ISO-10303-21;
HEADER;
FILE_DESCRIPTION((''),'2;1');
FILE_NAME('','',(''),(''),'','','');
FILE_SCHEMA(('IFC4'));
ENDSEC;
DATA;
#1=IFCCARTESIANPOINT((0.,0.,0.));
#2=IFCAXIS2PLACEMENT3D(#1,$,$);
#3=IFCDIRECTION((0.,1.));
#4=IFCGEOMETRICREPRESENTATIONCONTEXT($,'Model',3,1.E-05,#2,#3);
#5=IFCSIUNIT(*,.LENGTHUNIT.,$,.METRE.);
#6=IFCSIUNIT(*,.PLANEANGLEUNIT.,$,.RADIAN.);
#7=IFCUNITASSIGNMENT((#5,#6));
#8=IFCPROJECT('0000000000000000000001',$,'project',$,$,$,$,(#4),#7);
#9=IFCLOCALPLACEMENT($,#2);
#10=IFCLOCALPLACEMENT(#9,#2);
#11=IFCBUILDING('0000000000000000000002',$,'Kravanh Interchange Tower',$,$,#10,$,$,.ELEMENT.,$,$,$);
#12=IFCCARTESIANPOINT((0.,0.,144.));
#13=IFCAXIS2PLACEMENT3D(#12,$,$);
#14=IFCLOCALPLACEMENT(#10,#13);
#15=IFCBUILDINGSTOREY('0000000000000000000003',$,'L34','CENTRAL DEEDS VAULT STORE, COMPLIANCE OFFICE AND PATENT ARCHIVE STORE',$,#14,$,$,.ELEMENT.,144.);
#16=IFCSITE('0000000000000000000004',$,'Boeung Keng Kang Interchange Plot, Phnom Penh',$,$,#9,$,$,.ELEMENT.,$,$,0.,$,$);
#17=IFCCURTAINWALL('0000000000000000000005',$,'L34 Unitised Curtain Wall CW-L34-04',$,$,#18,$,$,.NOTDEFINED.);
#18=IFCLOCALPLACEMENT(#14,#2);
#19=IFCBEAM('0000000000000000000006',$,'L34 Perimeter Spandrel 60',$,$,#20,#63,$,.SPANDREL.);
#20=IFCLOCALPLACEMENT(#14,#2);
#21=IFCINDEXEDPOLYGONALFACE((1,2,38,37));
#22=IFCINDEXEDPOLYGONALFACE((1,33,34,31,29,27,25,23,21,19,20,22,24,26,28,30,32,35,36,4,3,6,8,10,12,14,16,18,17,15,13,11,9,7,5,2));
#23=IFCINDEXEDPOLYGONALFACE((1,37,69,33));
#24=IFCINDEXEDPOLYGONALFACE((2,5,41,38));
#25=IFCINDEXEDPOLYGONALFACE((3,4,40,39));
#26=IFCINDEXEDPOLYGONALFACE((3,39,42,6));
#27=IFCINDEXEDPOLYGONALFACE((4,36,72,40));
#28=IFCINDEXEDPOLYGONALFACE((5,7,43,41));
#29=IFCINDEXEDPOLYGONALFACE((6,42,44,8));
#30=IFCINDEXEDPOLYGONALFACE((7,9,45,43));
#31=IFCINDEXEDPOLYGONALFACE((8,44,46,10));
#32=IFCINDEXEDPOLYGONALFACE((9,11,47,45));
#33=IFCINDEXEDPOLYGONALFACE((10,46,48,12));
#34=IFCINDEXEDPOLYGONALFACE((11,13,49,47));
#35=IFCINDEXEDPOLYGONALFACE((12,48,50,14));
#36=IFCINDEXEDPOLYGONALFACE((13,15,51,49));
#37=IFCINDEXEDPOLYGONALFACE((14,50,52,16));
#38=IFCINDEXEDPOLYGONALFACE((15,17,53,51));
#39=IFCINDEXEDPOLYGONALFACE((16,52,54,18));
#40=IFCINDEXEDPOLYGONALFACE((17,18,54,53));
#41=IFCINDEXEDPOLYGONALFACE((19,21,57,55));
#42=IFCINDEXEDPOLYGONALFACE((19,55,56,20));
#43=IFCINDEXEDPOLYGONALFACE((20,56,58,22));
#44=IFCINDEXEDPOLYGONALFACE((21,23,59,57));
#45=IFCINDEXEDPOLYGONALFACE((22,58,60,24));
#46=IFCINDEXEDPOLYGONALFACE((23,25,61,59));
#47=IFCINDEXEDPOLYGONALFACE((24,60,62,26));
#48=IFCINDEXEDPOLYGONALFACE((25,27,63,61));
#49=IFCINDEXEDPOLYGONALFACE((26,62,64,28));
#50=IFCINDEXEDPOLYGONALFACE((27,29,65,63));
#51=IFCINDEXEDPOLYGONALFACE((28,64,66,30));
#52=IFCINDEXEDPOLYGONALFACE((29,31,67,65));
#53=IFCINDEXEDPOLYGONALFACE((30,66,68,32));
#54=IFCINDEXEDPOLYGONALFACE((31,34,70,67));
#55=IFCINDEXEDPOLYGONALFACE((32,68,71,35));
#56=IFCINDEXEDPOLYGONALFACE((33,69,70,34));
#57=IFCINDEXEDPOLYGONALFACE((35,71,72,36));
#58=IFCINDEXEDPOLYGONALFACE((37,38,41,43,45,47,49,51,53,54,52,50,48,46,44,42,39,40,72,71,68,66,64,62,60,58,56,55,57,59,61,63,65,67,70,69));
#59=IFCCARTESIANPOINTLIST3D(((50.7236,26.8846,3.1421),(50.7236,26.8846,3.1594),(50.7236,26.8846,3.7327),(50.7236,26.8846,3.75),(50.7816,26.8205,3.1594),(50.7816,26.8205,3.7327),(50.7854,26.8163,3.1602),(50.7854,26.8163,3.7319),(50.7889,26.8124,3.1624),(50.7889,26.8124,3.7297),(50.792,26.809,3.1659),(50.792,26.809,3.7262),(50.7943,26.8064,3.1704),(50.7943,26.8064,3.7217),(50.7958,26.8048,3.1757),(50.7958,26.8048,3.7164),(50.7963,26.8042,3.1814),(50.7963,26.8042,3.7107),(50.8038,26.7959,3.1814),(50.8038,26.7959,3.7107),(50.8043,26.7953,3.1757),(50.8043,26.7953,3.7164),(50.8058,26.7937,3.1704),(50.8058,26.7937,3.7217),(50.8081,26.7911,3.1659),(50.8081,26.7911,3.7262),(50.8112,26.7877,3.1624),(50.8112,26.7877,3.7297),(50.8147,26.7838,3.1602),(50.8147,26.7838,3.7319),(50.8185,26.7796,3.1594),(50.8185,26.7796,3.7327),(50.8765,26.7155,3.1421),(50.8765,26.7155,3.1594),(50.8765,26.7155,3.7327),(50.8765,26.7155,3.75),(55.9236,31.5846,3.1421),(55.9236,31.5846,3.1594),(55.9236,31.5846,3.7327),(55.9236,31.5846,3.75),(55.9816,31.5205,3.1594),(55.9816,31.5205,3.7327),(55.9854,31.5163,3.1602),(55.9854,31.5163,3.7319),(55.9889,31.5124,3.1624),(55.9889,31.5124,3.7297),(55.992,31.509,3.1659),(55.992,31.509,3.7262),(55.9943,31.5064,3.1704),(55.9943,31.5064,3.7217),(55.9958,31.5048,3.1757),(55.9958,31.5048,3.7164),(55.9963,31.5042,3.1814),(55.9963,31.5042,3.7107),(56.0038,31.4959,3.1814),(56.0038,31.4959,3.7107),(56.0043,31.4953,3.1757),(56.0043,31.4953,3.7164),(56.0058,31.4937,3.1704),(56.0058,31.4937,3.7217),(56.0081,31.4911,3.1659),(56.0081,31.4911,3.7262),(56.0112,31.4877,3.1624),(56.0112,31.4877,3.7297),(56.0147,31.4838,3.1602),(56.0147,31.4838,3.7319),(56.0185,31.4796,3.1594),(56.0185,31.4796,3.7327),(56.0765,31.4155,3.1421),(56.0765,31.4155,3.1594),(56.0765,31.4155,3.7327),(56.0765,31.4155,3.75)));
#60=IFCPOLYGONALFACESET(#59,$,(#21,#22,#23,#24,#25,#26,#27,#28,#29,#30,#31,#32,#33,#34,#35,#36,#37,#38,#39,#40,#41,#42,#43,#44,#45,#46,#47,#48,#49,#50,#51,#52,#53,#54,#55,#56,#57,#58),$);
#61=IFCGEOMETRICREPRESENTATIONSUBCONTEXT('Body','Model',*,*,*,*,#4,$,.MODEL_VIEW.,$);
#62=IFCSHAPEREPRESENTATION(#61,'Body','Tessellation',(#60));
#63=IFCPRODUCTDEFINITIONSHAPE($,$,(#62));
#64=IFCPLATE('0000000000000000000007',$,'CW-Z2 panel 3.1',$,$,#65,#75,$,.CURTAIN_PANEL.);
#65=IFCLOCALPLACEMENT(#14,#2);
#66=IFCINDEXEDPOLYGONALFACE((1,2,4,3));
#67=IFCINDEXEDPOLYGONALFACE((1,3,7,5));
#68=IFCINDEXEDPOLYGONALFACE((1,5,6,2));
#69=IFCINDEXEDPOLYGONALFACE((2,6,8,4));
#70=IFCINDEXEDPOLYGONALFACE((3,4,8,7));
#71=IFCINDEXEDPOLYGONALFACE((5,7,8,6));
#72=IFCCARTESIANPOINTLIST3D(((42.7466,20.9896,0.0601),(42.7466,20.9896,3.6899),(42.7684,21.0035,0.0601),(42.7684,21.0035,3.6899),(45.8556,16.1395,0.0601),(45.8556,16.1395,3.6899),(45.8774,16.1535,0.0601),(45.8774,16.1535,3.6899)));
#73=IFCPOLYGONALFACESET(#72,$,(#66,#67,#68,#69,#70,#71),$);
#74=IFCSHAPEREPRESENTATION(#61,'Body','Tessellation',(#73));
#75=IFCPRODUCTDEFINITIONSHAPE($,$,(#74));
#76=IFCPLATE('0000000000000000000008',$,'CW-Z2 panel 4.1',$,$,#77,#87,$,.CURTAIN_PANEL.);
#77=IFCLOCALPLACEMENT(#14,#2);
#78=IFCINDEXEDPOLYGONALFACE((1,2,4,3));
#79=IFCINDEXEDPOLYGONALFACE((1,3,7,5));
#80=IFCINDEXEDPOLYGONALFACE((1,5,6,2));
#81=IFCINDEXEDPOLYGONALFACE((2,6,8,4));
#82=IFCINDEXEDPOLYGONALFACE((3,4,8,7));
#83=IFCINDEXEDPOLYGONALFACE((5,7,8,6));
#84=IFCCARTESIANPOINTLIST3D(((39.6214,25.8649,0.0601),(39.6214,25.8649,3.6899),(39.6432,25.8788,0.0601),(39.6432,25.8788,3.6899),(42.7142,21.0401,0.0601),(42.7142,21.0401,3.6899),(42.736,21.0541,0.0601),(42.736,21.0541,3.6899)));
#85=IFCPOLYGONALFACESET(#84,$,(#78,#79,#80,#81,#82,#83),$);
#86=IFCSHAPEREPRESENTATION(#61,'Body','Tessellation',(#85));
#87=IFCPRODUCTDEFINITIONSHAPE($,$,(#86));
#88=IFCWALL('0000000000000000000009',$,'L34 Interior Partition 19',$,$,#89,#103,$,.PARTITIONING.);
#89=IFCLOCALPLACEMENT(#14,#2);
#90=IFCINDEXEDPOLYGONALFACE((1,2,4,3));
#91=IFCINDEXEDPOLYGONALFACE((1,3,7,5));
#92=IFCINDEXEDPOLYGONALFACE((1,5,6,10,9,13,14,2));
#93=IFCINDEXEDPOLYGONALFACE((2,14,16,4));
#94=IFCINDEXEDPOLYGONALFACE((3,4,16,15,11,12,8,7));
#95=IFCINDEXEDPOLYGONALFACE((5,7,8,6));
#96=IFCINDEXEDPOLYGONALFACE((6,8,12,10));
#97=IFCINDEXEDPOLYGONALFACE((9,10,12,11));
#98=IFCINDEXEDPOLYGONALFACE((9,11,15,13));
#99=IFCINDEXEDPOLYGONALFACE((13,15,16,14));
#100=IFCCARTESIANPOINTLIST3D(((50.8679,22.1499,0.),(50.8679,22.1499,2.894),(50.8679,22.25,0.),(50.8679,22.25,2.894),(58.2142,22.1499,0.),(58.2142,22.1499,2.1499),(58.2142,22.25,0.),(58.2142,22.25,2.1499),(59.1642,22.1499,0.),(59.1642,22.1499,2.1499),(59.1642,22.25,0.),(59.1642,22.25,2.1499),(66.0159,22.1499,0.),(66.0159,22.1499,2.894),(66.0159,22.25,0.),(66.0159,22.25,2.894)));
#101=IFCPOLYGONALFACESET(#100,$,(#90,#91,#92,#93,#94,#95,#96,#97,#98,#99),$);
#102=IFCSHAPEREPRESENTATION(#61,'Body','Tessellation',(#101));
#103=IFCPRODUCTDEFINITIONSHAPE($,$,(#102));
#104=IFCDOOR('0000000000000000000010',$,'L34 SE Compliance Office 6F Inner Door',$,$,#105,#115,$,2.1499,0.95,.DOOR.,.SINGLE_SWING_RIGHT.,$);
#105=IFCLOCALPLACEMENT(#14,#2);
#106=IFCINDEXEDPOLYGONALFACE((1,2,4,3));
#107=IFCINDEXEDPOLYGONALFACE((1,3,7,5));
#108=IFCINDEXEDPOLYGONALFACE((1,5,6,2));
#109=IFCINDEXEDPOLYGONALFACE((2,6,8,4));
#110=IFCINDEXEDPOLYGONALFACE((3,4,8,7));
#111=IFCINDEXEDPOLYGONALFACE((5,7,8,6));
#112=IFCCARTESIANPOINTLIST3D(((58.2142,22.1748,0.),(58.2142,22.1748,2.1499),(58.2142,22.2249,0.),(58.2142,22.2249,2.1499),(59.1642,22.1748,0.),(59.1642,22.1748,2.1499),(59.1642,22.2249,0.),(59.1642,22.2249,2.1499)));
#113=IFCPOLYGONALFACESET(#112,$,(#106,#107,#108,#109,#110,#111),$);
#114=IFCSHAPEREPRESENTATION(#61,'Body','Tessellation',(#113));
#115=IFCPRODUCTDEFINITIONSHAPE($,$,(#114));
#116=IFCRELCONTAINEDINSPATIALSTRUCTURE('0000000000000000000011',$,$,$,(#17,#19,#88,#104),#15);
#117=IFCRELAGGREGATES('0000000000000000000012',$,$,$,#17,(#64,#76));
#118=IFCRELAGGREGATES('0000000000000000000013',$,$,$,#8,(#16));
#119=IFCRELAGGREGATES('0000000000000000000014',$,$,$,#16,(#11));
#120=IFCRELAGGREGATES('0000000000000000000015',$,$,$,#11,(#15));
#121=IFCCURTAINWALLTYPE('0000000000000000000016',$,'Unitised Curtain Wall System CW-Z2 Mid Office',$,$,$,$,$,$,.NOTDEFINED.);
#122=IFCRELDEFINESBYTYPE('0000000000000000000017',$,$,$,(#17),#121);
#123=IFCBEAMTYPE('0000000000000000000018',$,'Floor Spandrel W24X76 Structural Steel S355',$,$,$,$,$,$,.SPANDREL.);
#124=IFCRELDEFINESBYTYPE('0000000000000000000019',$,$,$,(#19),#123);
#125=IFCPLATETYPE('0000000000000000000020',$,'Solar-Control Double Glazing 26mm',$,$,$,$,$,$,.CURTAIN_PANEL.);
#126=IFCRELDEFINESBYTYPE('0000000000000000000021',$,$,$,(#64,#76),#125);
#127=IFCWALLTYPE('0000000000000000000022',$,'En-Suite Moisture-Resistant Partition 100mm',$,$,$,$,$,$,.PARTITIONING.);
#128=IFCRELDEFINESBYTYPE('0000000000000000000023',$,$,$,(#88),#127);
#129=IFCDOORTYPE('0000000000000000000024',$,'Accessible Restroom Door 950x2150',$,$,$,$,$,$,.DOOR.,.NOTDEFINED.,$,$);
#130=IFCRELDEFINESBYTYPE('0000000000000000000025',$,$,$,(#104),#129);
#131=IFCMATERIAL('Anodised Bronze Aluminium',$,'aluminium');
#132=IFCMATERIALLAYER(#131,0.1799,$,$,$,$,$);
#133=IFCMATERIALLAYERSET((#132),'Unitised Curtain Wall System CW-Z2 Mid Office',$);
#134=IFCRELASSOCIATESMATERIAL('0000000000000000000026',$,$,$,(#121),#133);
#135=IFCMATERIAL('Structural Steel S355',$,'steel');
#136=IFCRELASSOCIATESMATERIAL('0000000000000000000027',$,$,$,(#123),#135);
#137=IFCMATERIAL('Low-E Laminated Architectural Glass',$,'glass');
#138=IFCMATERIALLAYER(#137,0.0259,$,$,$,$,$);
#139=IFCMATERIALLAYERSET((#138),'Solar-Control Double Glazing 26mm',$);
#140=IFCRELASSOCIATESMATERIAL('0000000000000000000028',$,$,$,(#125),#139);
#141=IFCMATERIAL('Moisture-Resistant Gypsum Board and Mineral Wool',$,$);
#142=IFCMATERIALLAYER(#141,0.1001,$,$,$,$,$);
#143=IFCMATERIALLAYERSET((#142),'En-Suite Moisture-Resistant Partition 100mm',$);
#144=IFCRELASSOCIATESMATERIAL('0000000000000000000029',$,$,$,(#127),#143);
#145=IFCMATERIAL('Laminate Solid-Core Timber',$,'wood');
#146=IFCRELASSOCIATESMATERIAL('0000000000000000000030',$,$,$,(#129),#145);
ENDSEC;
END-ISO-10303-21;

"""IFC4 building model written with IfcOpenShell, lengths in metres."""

from ifc_helpers import new_model, si_unit, direction, frame, frame_2d, origin, origin_2d, place, context, subcontext, project, spatial, rectangle, i_section, extrude, material, layer, layer_set, material_profile, profile_set, type_object, element, fill, aggregate, save


model = new_model("IFC4")

# Units and contexts
model_context = context("Model", 3, precision=1e-05, world=origin(), true_north=direction((0.0, 1.0)))
body_context = subcontext(model_context, "Body", "Model", "MODEL_VIEW")
ifc_project = project(units=[si_unit("LENGTHUNIT", "METRE"), si_unit("PLANEANGLEUNIT", "RADIAN")], contexts=[model_context])

# Site, building, storey
site_placement = place(None, origin())
site = spatial("IfcSite", under=ifc_project, at=site_placement, Name="Boeung Keng Kang Interchange Plot, Phnom Penh", CompositionType="ELEMENT", RefElevation=0.0)
building_placement = place(site_placement, origin())
building = spatial("IfcBuilding", under=site, at=building_placement, Name="Kravanh Interchange Tower", CompositionType="ELEMENT")
storey_placement = place(building_placement, frame((0.0, 0.0, 144.0)))
storey = spatial("IfcBuildingStorey", under=building, at=storey_placement, Name="L34", Description="CENTRAL DEEDS VAULT STORE, COMPLIANCE OFFICE AND PATENT ARCHIVE STORE", CompositionType="ELEMENT", Elevation=144.0)

# Curtain wall
ifc_material_1 = material(Name="Anodised Bronze Aluminium", Category="aluminium")
ifc_layer_1 = layer(ifc_material_1, 0.1799)
ifc_layer_set_1 = layer_set([ifc_layer_1], Name="Unitised Curtain Wall System CW-Z2 Mid Office")
curtain_wall_type = type_object("IfcCurtainWallType", Name="Unitised Curtain Wall System CW-Z2 Mid Office", PredefinedType="NOTDEFINED", material=ifc_layer_set_1)
curtain_wall_1_placement = place(storey_placement, origin())
curtain_wall_1 = element("IfcCurtainWall", 1, at=curtain_wall_1_placement, inside=storey, type_object=curtain_wall_type, Name="L34 Unitised Curtain Wall CW-L34-04", PredefinedType="NOTDEFINED")

# Beam
ifc_material_2 = material(Name="Structural Steel S355", Category="steel")
ifc_material_profile_1 = material_profile(ifc_material_2, i_section(OverallWidth=0.228, OverallDepth=0.6079, WebThickness=0.0112, FlangeThickness=0.0173, FilletRadius=0.022, at=origin_2d()), Name="W24X76")
ifc_profile_set_1 = profile_set([ifc_material_profile_1], Name="Structural Steel S355")
beam_type_1 = type_object("IfcBeamType", Name="Floor Spandrel W24X76 Structural Steel S355", PredefinedType="SPANDREL", material=ifc_profile_set_1)
beam_1_placement = place(storey_placement, frame((50.8, 26.8, 3.446), z_axis=(0.741874, 0.670539, 0.0), x_axis=(-0.670539, 0.741874, 0.0)))
element("IfcBeam", 2, at=beam_1_placement, inside=storey, type_object=beam_type_1, Name="L34 Perimeter Spandrel 60", PredefinedType="SPANDREL", context=body_context, shape_type="SweptSolid", body=[
    extrude(i_section(OverallWidth=0.228, OverallDepth=0.6079, WebThickness=0.0112, FlangeThickness=0.0173, FilletRadius=0.022, at=origin_2d()), origin(), (0.0, 0.0, 1.0), 7.0093),
])

# Plates
ifc_material_3 = material(Name="Low-E Laminated Architectural Glass", Category="glass")
ifc_layer_2 = layer(ifc_material_3, 0.0259)
ifc_layer_set_2 = layer_set([ifc_layer_2], Name="Solar-Control Double Glazing 26mm")
plate_type = type_object("IfcPlateType", Name="Solar-Control Double Glazing 26mm", PredefinedType="CURTAIN_PANEL", material=ifc_layer_set_2)
plate_1_placement = place(storey_placement, frame((44.312, 18.5715, 0.0601), z_axis=(0.0, 0.0, 1.0), x_axis=(-0.539665, 0.84188, 0.0)))
plate_1 = element("IfcPlate", 3, at=plate_1_placement, type_object=plate_type, Name="CW-Z2 panel 3.1", PredefinedType="CURTAIN_PANEL", context=body_context, shape_type="SweptSolid", body=[
    extrude(rectangle(XDim=5.761, YDim=0.0259, at=origin_2d()), origin(), (0.0, 0.0, 1.0), 3.6299),
])
plate_2_placement = place(storey_placement, frame((41.1787, 23.4595, 0.0601), z_axis=(0.0, 0.0, 1.0), x_axis=(-0.539665, 0.84188, 0.0)))
plate_2 = element("IfcPlate", 4, at=plate_2_placement, type_object=plate_type, Name="CW-Z2 panel 4.1", PredefinedType="CURTAIN_PANEL", context=body_context, shape_type="SweptSolid", body=[
    extrude(rectangle(XDim=5.731, YDim=0.0259, at=origin_2d()), origin(), (0.0, 0.0, 1.0), 3.6299),
])
aggregate(curtain_wall_1, [plate_1, plate_2])

# Wall, opening, door
ifc_material_4 = material(Name="Moisture-Resistant Gypsum Board and Mineral Wool")
ifc_layer_3 = layer(ifc_material_4, 0.1001)
ifc_layer_set_3 = layer_set([ifc_layer_3], Name="En-Suite Moisture-Resistant Partition 100mm")
wall_type = type_object("IfcWallType", Name="En-Suite Moisture-Resistant Partition 100mm", PredefinedType="PARTITIONING", material=ifc_layer_set_3)
wall_placement = place(storey_placement, frame((50.8679, 22.2, 0.0), z_axis=(0.0, 0.0, 1.0), x_axis=(1.0, 0.0, 0.0)))
wall = element("IfcWall", 5, at=wall_placement, inside=storey, type_object=wall_type, Name="L34 Interior Partition 19", PredefinedType="PARTITIONING", context=body_context, shape_type="SweptSolid", body=[
    extrude(rectangle(XDim=15.1479, YDim=0.1001, at=frame_2d((7.574, 0.0))), origin(), (0.0, 0.0, 1.0), 2.894),
])
opening_placement = place(wall_placement, frame((7.3462, 0.0, 0.0)))
opening = element("IfcOpeningElement", 6, at=opening_placement, cuts=wall, PredefinedType="OPENING", context=body_context, shape_type="SweptSolid", body=[
    extrude(rectangle(XDim=0.95, YDim=2.1499, at=frame_2d((0.4751, 1.075))), frame((0.0, 0.0601, 0.0), z_axis=(0.0, -1.0, 0.0), x_axis=(1.0, 0.0, 0.0)), (0.0, 0.0, 1.0), 0.1201),
])
ifc_material_5 = material(Name="Laminate Solid-Core Timber", Category="wood")
door_type = type_object("IfcDoorType", Name="Accessible Restroom Door 950x2150", OperationType="NOTDEFINED", PredefinedType="DOOR", material=ifc_material_5)
door_placement = place(opening_placement, origin())
door = element("IfcDoor", 7, at=door_placement, inside=storey, type_object=door_type, Name="L34 SE Compliance Office 6F Inner Door", OperationType="SINGLE_SWING_RIGHT", OverallHeight=2.1499, OverallWidth=0.95, PredefinedType="DOOR", context=body_context, shape_type="SweptSolid", body=[
    extrude(rectangle(XDim=0.95, YDim=2.1499, at=frame_2d((0.4751, 1.075))), frame((0.0, 0.0249, 0.0), z_axis=(0.0, -1.0, 0.0), x_axis=(1.0, 0.0, 0.0)), (0.0, 0.0, 1.0), 0.05),
])
fill(opening, door)

save(model, "model.ifc")
